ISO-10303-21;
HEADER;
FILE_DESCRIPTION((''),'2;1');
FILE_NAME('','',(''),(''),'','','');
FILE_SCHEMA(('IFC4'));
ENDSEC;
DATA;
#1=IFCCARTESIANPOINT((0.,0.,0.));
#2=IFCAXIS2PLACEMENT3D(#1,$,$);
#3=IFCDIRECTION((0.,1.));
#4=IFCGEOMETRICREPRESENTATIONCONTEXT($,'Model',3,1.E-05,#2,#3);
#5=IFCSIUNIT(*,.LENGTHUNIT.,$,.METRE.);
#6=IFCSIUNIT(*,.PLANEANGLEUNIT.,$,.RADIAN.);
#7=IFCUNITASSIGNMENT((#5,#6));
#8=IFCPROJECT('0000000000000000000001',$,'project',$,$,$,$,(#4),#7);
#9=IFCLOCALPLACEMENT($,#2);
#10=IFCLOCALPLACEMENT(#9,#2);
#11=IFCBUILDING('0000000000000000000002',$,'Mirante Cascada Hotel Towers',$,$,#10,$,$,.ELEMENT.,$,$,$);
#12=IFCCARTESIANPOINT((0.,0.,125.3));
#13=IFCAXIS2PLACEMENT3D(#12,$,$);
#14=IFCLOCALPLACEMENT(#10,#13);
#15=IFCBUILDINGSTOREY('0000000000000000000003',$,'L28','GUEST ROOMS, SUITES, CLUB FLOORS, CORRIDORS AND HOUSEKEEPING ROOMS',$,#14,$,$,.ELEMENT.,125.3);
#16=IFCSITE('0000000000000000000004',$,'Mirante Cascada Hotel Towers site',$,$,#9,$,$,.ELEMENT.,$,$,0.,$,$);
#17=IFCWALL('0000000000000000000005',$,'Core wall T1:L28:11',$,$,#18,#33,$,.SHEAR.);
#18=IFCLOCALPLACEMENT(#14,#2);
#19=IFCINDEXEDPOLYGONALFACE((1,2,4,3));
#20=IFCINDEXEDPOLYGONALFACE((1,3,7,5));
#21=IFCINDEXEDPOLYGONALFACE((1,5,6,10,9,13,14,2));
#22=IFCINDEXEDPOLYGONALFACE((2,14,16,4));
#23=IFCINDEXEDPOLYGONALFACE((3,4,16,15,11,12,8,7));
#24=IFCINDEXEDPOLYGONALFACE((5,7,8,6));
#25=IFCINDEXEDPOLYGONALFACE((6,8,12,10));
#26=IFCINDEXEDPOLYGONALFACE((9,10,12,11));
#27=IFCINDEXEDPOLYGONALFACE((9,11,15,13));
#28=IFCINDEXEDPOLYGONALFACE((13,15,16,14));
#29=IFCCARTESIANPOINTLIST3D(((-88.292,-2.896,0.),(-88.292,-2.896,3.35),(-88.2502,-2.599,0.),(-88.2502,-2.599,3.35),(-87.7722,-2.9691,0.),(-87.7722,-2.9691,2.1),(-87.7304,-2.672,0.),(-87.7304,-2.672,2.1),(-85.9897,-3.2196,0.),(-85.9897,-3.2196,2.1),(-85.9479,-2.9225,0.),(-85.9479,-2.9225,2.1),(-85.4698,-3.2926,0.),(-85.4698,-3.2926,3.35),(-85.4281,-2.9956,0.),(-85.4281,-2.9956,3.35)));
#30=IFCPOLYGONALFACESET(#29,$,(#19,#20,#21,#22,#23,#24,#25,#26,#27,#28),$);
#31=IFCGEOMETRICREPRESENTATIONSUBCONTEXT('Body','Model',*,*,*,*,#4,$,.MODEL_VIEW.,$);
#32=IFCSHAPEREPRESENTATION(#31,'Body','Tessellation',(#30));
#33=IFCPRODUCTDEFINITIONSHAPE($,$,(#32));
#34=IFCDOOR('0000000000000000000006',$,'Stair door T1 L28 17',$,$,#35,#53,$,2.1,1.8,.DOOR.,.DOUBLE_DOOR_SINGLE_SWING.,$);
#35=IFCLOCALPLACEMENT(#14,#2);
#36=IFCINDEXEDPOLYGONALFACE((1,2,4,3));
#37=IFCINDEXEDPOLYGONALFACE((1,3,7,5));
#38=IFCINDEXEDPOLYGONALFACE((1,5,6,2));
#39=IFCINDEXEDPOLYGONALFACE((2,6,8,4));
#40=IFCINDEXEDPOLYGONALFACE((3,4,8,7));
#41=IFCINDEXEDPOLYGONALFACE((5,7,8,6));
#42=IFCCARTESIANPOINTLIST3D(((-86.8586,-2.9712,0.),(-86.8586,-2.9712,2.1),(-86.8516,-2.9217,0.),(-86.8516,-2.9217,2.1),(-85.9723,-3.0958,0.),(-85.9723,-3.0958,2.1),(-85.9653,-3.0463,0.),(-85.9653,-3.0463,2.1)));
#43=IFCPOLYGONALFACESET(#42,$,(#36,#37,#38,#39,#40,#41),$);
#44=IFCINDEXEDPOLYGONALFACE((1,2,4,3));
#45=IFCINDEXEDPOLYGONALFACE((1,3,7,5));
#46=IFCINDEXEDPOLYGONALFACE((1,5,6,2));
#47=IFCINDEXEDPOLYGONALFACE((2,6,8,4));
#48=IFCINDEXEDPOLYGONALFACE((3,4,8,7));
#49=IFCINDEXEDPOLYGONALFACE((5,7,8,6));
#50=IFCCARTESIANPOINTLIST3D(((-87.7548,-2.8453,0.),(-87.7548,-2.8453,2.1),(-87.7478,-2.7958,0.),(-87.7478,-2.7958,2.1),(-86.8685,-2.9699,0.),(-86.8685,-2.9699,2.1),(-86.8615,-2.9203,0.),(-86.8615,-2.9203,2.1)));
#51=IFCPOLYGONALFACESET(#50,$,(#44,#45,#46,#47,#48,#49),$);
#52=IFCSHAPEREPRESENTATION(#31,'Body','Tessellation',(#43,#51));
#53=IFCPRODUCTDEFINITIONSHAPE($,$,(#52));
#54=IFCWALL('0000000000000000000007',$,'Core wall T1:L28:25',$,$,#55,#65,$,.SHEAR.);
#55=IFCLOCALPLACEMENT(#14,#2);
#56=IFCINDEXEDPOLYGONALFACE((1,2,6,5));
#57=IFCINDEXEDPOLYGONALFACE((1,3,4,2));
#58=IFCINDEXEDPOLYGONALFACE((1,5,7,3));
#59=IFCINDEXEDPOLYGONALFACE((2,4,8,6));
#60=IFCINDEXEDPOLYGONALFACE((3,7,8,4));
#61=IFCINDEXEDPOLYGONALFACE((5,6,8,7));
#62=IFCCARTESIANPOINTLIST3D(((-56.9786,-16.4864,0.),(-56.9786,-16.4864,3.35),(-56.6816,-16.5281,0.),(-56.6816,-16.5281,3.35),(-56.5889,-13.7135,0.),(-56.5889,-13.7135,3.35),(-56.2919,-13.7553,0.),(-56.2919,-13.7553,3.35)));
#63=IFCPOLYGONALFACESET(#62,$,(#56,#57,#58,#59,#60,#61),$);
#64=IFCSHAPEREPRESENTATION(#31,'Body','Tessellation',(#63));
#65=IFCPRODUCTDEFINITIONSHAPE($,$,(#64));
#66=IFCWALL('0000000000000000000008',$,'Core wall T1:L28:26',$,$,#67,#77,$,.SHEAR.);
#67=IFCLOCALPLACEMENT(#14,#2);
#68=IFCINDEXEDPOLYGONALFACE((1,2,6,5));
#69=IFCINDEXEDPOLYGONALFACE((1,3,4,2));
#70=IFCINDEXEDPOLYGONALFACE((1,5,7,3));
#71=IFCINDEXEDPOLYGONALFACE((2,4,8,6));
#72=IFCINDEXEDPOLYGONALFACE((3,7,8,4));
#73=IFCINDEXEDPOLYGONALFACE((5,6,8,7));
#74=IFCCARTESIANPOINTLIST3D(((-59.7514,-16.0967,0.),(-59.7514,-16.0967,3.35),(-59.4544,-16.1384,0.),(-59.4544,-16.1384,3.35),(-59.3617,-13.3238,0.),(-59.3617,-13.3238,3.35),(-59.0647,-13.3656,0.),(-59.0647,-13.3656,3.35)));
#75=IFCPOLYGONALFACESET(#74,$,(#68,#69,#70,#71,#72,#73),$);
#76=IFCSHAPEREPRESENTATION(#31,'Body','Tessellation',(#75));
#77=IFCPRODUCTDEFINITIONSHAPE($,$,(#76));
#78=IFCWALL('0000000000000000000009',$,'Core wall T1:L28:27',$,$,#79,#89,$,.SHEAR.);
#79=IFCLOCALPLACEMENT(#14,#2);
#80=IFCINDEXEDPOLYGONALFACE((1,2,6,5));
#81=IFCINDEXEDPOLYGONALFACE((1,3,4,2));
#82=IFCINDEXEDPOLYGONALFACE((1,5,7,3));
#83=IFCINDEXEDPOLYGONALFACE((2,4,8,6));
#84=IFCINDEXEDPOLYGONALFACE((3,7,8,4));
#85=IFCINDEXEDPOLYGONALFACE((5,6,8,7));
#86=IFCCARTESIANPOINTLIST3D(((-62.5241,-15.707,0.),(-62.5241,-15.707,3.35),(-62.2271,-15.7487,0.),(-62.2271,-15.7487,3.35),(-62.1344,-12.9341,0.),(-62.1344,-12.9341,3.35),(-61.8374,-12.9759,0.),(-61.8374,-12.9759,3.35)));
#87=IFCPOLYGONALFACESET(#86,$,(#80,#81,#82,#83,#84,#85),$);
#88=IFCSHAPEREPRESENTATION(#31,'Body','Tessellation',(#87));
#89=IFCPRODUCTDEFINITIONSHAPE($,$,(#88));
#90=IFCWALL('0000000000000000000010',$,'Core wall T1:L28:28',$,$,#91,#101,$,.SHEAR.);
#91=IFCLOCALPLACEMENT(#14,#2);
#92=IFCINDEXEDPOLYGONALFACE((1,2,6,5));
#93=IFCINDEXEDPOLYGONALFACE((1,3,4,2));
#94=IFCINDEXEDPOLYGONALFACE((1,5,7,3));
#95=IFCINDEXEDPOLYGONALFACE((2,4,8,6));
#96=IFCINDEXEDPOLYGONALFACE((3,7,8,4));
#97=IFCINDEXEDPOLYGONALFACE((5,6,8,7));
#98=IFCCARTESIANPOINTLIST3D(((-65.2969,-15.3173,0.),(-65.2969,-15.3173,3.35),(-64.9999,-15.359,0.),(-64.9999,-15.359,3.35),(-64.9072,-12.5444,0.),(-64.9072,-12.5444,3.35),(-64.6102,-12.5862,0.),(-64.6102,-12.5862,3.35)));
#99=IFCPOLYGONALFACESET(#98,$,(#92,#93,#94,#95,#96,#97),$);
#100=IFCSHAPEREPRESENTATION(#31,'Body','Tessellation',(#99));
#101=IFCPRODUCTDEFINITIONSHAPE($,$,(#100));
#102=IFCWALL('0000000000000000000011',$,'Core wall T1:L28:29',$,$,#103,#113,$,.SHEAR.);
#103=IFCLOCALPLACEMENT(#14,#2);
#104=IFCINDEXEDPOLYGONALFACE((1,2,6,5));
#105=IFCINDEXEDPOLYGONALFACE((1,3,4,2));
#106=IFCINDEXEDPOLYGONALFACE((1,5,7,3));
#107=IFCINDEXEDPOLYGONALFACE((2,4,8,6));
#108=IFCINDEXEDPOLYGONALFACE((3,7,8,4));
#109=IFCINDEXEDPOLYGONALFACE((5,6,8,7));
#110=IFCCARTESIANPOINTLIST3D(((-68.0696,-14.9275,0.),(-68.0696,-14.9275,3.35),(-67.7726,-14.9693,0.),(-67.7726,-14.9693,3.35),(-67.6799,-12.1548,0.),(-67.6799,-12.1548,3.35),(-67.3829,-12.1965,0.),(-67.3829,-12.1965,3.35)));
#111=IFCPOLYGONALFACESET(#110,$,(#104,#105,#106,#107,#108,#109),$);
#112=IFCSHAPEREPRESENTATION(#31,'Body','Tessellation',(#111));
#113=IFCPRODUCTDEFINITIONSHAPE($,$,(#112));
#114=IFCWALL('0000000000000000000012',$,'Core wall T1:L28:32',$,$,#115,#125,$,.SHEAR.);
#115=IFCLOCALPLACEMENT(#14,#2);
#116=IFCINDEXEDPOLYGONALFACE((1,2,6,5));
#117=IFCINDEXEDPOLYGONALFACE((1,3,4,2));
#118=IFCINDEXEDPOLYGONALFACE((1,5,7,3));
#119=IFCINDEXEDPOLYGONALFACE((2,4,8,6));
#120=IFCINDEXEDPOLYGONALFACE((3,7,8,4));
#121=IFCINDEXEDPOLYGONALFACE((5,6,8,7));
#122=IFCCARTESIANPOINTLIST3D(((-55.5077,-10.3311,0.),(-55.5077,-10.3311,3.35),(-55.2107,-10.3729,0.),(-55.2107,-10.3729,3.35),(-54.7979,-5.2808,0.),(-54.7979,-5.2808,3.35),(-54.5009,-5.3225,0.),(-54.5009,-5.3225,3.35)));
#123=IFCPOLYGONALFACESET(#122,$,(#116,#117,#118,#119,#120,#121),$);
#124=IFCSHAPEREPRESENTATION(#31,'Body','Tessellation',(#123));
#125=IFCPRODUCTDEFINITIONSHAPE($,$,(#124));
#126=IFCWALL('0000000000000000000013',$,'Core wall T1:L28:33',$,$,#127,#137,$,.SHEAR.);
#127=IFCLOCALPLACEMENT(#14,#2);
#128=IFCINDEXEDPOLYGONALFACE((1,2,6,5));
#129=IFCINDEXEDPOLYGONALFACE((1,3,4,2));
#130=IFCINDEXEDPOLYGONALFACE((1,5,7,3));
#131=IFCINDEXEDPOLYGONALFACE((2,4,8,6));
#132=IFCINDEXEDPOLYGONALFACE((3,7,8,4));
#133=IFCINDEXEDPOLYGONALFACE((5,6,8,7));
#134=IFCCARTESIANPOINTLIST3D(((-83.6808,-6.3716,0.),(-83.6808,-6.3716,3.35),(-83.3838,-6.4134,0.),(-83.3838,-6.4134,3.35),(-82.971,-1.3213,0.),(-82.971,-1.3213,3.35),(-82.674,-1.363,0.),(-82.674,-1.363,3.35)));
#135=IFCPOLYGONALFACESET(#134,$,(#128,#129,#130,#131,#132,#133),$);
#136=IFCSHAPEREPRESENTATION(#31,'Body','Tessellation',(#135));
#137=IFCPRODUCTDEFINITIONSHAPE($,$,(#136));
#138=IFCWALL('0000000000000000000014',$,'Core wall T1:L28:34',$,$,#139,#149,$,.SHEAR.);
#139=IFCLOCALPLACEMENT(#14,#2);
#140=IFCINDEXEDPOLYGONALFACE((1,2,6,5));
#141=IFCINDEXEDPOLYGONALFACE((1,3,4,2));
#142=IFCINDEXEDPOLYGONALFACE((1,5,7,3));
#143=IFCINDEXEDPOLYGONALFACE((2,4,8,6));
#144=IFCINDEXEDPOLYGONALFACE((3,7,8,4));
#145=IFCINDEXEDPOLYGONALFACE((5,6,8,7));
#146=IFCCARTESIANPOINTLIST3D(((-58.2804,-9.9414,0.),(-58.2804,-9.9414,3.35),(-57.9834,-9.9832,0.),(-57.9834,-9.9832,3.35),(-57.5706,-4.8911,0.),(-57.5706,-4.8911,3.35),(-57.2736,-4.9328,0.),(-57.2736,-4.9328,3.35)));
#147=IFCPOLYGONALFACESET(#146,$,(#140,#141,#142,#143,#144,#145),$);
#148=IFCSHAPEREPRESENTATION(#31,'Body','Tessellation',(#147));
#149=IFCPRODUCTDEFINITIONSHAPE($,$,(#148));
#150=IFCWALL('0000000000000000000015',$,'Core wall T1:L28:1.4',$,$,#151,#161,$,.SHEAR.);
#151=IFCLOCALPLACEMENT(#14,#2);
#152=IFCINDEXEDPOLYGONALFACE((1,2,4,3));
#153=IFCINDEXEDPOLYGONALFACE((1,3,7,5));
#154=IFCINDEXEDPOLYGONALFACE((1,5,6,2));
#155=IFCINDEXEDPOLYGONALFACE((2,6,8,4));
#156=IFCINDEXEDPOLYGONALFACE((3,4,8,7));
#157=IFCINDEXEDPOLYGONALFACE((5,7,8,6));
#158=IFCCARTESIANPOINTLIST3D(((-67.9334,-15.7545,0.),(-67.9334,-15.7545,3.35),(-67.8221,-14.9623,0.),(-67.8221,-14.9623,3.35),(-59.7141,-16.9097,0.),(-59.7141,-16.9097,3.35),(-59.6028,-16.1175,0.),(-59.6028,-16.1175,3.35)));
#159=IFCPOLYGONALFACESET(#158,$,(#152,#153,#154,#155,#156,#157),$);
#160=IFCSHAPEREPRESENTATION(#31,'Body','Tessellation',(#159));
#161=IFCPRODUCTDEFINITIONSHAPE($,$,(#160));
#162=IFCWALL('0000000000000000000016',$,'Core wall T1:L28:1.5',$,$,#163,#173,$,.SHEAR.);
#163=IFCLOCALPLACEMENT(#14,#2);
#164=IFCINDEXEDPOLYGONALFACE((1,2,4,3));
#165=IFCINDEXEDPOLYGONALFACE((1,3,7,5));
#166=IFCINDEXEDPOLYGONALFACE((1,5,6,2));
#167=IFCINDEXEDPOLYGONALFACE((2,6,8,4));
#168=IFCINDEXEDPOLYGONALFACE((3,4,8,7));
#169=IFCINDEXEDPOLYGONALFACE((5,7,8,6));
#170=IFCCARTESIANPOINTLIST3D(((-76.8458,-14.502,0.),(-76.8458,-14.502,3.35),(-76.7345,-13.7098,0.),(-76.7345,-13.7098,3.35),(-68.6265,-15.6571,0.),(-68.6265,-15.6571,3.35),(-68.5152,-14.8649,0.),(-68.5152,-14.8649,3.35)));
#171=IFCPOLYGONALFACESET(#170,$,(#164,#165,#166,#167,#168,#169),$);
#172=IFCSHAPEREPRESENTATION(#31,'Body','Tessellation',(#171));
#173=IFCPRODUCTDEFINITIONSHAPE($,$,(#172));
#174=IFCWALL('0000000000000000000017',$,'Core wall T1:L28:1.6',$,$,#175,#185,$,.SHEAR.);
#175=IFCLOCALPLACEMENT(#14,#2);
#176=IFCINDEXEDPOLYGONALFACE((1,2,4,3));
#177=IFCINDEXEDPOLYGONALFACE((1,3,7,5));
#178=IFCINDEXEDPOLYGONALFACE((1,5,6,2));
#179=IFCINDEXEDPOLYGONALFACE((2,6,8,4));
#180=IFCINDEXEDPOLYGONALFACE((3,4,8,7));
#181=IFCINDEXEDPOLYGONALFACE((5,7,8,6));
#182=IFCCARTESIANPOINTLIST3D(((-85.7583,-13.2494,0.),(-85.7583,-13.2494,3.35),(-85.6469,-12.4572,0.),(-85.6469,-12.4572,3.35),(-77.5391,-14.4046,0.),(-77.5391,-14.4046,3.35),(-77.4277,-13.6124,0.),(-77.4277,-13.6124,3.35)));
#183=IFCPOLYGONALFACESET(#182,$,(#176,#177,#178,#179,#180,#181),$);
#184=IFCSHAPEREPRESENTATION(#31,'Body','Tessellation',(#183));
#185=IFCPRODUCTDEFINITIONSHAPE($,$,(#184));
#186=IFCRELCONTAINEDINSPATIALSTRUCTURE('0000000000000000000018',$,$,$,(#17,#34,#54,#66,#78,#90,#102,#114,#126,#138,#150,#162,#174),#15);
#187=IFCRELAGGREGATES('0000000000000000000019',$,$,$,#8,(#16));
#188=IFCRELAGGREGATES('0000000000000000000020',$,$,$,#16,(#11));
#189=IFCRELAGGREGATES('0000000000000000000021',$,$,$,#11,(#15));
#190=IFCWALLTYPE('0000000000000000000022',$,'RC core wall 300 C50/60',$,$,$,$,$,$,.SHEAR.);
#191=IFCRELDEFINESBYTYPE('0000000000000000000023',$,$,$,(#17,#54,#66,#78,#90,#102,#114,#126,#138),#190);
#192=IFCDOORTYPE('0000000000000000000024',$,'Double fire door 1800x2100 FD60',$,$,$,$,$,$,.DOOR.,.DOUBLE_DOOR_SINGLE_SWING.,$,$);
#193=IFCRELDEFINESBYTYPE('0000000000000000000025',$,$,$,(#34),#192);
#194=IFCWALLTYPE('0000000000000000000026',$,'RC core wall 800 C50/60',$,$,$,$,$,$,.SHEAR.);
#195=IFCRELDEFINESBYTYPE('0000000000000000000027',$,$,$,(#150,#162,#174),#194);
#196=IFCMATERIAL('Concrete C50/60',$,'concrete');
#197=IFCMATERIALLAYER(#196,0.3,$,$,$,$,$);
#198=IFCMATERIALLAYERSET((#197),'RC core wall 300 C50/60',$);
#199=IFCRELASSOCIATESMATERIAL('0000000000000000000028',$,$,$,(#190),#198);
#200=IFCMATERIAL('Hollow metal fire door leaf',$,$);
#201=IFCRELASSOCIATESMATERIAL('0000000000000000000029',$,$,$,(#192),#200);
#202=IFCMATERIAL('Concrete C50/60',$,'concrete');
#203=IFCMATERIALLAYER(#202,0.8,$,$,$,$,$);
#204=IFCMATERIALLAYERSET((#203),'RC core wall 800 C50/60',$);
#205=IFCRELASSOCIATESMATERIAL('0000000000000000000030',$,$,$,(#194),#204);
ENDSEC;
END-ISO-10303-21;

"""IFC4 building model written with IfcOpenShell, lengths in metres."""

from ifc_helpers import new_model, si_unit, direction, frame, frame_2d, origin, place, context, subcontext, project, spatial, rectangle, extrude, material, layer, layer_set, type_object, element, fill, save


model = new_model("IFC4")

# Units and contexts
model_context = context("Model", 3, precision=1e-05, world=origin(), true_north=direction((0.0, 1.0)))
body_context = subcontext(model_context, "Body", "Model", "MODEL_VIEW")
ifc_project = project(units=[si_unit("LENGTHUNIT", "METRE"), si_unit("PLANEANGLEUNIT", "RADIAN")], contexts=[model_context])

# Site, building, storey
site_placement = place(None, origin())
site = spatial("IfcSite", under=ifc_project, at=site_placement, Name="Mirante Cascada Hotel Towers site", CompositionType="ELEMENT", RefElevation=0.0)
building_placement = place(site_placement, origin())
building = spatial("IfcBuilding", under=site, at=building_placement, Name="Mirante Cascada Hotel Towers", CompositionType="ELEMENT")
storey_placement = place(building_placement, frame((0.0, 0.0, 125.3)))
storey = spatial("IfcBuildingStorey", under=building, at=storey_placement, Name="L28", Description="GUEST ROOMS, SUITES, CLUB FLOORS, CORRIDORS AND HOUSEKEEPING ROOMS", CompositionType="ELEMENT", Elevation=125.3)

# Wall, opening, door
ifc_material_1 = material(Name="Concrete C50/60", Category="concrete")
ifc_layer_1 = layer(ifc_material_1, 0.3)
ifc_layer_set_1 = layer_set([ifc_layer_1], Name="RC core wall 300 C50/60")
wall_type_1 = type_object("IfcWallType", Name="RC core wall 300 C50/60", PredefinedType="SHEAR", material=ifc_layer_set_1)
wall_1_placement = place(storey_placement, frame((-85.4489, -3.1441, 0.0), z_axis=(0.0, 0.0, 1.0), x_axis=(-0.99027, 0.139161, 0.0)))
wall_1 = element("IfcWall", 1, at=wall_1_placement, inside=storey, type_object=wall_type_1, Name="Core wall T1:L28:11", PredefinedType="SHEAR", context=body_context, shape_type="SweptSolid", body=[
    extrude(rectangle(XDim=2.8499, YDim=0.3, at=frame_2d((1.425, 0.0))), origin(), (0.0, 0.0, 1.0), 3.35),
])
opening_placement = place(wall_1_placement, frame((0.525, 0.0, 0.0)))
opening = element("IfcOpeningElement", 2, at=opening_placement, cuts=wall_1, PredefinedType="OPENING", context=body_context, shape_type="SweptSolid", body=[
    extrude(rectangle(XDim=1.8, YDim=2.1, at=frame_2d((0.9, 1.05))), frame((0.0, 0.15, 0.0), z_axis=(0.0, -1.0, 0.0), x_axis=(1.0, 0.0, 0.0)), (0.0, 0.0, 1.0), 0.3),
])
ifc_material_2 = material(Name="Hollow metal fire door leaf")
door_type = type_object("IfcDoorType", Name="Double fire door 1800x2100 FD60", OperationType="DOUBLE_DOOR_SINGLE_SWING", PredefinedType="DOOR", material=ifc_material_2)
door_placement = place(opening_placement, origin())
door = element("IfcDoor", 3, at=door_placement, inside=storey, type_object=door_type, Name="Stair door T1 L28 17", OperationType="DOUBLE_DOOR_SINGLE_SWING", OverallHeight=2.1, OverallWidth=1.8, PredefinedType="DOOR", context=body_context, shape_type="SweptSolid", body=[
    extrude(rectangle(XDim=0.895, YDim=2.1, at=frame_2d((0.4475, 1.05))), frame((0.0, 0.025, 0.0), z_axis=(0.0, -1.0, 0.0), x_axis=(1.0, 0.0, 0.0)), (0.0, 0.0, 1.0), 0.05),
    extrude(rectangle(XDim=0.895, YDim=2.1, at=frame_2d((1.3525, 1.05))), frame((0.0, 0.025, 0.0), z_axis=(0.0, -1.0, 0.0), x_axis=(1.0, 0.0, 0.0)), (0.0, 0.0, 1.0), 0.05),
])
fill(opening, door)

# Walls
for number, where, z_axis, x_axis, name in (
    (4, (-56.8301, -16.5072, 0.0), (0.0, 0.0, 1.0), (0.139176, 0.990268, 0.0), "Core wall T1:L28:25"),
    (5, (-59.6029, -16.1175, 0.0), (0.0, 0.0, 1.0), (0.139176, 0.990268, 0.0), "Core wall T1:L28:26"),
    (6, (-62.3756, -15.7278, 0.0), (0.0, 0.0, 1.0), (0.139176, 0.990268, 0.0), "Core wall T1:L28:27"),
    (7, (-65.1484, -15.3381, 0.0), (0.0, 0.0, 1.0), (0.139176, 0.990268, 0.0), "Core wall T1:L28:28"),
):
    element("IfcWall", number, at=place(storey_placement, frame(where, z_axis=z_axis, x_axis=x_axis)), inside=storey, type_object=wall_type_1, Name=name, PredefinedType="SHEAR", context=body_context, shape_type="SweptSolid", body=[
        extrude(rectangle(XDim=2.8001, YDim=0.3, at=frame_2d((1.4, 0.0))), origin(), (0.0, 0.0, 1.0), 3.35),
    ])
wall_2_placement = place(storey_placement, frame((-67.9211, -14.9484, 0.0), z_axis=(0.0, 0.0, 1.0), x_axis=(0.139181, 0.990267, 0.0)))
element("IfcWall", 8, at=wall_2_placement, inside=storey, type_object=wall_type_1, Name="Core wall T1:L28:29", PredefinedType="SHEAR", context=body_context, shape_type="SweptSolid", body=[
    extrude(rectangle(XDim=2.8, YDim=0.3, at=frame_2d((1.4, 0.0))), origin(), (0.0, 0.0, 1.0), 3.35),
])
for number, where, z_axis, x_axis, name in (
    (9, (-55.3592, -10.352, 0.0), (0.0, 0.0, 1.0), (0.139176, 0.990268, 0.0), "Core wall T1:L28:32"),
    (10, (-83.5323, -6.3925, 0.0), (0.0, 0.0, 1.0), (0.139176, 0.990268, 0.0), "Core wall T1:L28:33"),
    (11, (-58.1319, -9.9623, 0.0), (0.0, 0.0, 1.0), (0.139176, 0.990268, 0.0), "Core wall T1:L28:34"),
):
    element("IfcWall", number, at=place(storey_placement, frame(where, z_axis=z_axis, x_axis=x_axis)), inside=storey, type_object=wall_type_1, Name=name, PredefinedType="SHEAR", context=body_context, shape_type="SweptSolid", body=[
        extrude(rectangle(XDim=5.1, YDim=0.3, at=frame_2d((2.55, 0.0))), origin(), (0.0, 0.0, 1.0), 3.35),
    ])
ifc_material_3 = material(Name="Concrete C50/60", Category="concrete")
ifc_layer_2 = layer(ifc_material_3, 0.8)
ifc_layer_set_2 = layer_set([ifc_layer_2], Name="RC core wall 800 C50/60")
wall_type_2 = type_object("IfcWallType", Name="RC core wall 800 C50/60", PredefinedType="SHEAR", material=ifc_layer_set_2)
for number, where, z_axis, x_axis, name in (
    (12, (-59.6585, -16.5136, 0.0), (0.0, 0.0, 1.0), (-0.990267, 0.139179, 0.0), "Core wall T1:L28:1.4"),
    (13, (-68.5709, -15.261, 0.0), (0.0, 0.0, 1.0), (-0.990269, 0.139167, 0.0), "Core wall T1:L28:1.5"),
):
    element("IfcWall", number, at=place(storey_placement, frame(where, z_axis=z_axis, x_axis=x_axis)), inside=storey, type_object=wall_type_2, Name=name, PredefinedType="SHEAR", context=body_context, shape_type="SweptSolid", body=[
        extrude(rectangle(XDim=8.3001, YDim=0.8, at=frame_2d((4.15, 0.0))), origin(), (0.0, 0.0, 1.0), 3.35),
    ])
wall_3_placement = place(storey_placement, frame((-77.4834, -14.0085, 0.0), z_axis=(0.0, 0.0, 1.0), x_axis=(-0.990267, 0.139181, 0.0)))
element("IfcWall", 14, at=wall_3_placement, inside=storey, type_object=wall_type_2, Name="Core wall T1:L28:1.6", PredefinedType="SHEAR", context=body_context, shape_type="SweptSolid", body=[
    extrude(rectangle(XDim=8.3, YDim=0.8, at=frame_2d((4.15, 0.0))), origin(), (0.0, 0.0, 1.0), 3.35),
])

save(model, "model.ifc")
